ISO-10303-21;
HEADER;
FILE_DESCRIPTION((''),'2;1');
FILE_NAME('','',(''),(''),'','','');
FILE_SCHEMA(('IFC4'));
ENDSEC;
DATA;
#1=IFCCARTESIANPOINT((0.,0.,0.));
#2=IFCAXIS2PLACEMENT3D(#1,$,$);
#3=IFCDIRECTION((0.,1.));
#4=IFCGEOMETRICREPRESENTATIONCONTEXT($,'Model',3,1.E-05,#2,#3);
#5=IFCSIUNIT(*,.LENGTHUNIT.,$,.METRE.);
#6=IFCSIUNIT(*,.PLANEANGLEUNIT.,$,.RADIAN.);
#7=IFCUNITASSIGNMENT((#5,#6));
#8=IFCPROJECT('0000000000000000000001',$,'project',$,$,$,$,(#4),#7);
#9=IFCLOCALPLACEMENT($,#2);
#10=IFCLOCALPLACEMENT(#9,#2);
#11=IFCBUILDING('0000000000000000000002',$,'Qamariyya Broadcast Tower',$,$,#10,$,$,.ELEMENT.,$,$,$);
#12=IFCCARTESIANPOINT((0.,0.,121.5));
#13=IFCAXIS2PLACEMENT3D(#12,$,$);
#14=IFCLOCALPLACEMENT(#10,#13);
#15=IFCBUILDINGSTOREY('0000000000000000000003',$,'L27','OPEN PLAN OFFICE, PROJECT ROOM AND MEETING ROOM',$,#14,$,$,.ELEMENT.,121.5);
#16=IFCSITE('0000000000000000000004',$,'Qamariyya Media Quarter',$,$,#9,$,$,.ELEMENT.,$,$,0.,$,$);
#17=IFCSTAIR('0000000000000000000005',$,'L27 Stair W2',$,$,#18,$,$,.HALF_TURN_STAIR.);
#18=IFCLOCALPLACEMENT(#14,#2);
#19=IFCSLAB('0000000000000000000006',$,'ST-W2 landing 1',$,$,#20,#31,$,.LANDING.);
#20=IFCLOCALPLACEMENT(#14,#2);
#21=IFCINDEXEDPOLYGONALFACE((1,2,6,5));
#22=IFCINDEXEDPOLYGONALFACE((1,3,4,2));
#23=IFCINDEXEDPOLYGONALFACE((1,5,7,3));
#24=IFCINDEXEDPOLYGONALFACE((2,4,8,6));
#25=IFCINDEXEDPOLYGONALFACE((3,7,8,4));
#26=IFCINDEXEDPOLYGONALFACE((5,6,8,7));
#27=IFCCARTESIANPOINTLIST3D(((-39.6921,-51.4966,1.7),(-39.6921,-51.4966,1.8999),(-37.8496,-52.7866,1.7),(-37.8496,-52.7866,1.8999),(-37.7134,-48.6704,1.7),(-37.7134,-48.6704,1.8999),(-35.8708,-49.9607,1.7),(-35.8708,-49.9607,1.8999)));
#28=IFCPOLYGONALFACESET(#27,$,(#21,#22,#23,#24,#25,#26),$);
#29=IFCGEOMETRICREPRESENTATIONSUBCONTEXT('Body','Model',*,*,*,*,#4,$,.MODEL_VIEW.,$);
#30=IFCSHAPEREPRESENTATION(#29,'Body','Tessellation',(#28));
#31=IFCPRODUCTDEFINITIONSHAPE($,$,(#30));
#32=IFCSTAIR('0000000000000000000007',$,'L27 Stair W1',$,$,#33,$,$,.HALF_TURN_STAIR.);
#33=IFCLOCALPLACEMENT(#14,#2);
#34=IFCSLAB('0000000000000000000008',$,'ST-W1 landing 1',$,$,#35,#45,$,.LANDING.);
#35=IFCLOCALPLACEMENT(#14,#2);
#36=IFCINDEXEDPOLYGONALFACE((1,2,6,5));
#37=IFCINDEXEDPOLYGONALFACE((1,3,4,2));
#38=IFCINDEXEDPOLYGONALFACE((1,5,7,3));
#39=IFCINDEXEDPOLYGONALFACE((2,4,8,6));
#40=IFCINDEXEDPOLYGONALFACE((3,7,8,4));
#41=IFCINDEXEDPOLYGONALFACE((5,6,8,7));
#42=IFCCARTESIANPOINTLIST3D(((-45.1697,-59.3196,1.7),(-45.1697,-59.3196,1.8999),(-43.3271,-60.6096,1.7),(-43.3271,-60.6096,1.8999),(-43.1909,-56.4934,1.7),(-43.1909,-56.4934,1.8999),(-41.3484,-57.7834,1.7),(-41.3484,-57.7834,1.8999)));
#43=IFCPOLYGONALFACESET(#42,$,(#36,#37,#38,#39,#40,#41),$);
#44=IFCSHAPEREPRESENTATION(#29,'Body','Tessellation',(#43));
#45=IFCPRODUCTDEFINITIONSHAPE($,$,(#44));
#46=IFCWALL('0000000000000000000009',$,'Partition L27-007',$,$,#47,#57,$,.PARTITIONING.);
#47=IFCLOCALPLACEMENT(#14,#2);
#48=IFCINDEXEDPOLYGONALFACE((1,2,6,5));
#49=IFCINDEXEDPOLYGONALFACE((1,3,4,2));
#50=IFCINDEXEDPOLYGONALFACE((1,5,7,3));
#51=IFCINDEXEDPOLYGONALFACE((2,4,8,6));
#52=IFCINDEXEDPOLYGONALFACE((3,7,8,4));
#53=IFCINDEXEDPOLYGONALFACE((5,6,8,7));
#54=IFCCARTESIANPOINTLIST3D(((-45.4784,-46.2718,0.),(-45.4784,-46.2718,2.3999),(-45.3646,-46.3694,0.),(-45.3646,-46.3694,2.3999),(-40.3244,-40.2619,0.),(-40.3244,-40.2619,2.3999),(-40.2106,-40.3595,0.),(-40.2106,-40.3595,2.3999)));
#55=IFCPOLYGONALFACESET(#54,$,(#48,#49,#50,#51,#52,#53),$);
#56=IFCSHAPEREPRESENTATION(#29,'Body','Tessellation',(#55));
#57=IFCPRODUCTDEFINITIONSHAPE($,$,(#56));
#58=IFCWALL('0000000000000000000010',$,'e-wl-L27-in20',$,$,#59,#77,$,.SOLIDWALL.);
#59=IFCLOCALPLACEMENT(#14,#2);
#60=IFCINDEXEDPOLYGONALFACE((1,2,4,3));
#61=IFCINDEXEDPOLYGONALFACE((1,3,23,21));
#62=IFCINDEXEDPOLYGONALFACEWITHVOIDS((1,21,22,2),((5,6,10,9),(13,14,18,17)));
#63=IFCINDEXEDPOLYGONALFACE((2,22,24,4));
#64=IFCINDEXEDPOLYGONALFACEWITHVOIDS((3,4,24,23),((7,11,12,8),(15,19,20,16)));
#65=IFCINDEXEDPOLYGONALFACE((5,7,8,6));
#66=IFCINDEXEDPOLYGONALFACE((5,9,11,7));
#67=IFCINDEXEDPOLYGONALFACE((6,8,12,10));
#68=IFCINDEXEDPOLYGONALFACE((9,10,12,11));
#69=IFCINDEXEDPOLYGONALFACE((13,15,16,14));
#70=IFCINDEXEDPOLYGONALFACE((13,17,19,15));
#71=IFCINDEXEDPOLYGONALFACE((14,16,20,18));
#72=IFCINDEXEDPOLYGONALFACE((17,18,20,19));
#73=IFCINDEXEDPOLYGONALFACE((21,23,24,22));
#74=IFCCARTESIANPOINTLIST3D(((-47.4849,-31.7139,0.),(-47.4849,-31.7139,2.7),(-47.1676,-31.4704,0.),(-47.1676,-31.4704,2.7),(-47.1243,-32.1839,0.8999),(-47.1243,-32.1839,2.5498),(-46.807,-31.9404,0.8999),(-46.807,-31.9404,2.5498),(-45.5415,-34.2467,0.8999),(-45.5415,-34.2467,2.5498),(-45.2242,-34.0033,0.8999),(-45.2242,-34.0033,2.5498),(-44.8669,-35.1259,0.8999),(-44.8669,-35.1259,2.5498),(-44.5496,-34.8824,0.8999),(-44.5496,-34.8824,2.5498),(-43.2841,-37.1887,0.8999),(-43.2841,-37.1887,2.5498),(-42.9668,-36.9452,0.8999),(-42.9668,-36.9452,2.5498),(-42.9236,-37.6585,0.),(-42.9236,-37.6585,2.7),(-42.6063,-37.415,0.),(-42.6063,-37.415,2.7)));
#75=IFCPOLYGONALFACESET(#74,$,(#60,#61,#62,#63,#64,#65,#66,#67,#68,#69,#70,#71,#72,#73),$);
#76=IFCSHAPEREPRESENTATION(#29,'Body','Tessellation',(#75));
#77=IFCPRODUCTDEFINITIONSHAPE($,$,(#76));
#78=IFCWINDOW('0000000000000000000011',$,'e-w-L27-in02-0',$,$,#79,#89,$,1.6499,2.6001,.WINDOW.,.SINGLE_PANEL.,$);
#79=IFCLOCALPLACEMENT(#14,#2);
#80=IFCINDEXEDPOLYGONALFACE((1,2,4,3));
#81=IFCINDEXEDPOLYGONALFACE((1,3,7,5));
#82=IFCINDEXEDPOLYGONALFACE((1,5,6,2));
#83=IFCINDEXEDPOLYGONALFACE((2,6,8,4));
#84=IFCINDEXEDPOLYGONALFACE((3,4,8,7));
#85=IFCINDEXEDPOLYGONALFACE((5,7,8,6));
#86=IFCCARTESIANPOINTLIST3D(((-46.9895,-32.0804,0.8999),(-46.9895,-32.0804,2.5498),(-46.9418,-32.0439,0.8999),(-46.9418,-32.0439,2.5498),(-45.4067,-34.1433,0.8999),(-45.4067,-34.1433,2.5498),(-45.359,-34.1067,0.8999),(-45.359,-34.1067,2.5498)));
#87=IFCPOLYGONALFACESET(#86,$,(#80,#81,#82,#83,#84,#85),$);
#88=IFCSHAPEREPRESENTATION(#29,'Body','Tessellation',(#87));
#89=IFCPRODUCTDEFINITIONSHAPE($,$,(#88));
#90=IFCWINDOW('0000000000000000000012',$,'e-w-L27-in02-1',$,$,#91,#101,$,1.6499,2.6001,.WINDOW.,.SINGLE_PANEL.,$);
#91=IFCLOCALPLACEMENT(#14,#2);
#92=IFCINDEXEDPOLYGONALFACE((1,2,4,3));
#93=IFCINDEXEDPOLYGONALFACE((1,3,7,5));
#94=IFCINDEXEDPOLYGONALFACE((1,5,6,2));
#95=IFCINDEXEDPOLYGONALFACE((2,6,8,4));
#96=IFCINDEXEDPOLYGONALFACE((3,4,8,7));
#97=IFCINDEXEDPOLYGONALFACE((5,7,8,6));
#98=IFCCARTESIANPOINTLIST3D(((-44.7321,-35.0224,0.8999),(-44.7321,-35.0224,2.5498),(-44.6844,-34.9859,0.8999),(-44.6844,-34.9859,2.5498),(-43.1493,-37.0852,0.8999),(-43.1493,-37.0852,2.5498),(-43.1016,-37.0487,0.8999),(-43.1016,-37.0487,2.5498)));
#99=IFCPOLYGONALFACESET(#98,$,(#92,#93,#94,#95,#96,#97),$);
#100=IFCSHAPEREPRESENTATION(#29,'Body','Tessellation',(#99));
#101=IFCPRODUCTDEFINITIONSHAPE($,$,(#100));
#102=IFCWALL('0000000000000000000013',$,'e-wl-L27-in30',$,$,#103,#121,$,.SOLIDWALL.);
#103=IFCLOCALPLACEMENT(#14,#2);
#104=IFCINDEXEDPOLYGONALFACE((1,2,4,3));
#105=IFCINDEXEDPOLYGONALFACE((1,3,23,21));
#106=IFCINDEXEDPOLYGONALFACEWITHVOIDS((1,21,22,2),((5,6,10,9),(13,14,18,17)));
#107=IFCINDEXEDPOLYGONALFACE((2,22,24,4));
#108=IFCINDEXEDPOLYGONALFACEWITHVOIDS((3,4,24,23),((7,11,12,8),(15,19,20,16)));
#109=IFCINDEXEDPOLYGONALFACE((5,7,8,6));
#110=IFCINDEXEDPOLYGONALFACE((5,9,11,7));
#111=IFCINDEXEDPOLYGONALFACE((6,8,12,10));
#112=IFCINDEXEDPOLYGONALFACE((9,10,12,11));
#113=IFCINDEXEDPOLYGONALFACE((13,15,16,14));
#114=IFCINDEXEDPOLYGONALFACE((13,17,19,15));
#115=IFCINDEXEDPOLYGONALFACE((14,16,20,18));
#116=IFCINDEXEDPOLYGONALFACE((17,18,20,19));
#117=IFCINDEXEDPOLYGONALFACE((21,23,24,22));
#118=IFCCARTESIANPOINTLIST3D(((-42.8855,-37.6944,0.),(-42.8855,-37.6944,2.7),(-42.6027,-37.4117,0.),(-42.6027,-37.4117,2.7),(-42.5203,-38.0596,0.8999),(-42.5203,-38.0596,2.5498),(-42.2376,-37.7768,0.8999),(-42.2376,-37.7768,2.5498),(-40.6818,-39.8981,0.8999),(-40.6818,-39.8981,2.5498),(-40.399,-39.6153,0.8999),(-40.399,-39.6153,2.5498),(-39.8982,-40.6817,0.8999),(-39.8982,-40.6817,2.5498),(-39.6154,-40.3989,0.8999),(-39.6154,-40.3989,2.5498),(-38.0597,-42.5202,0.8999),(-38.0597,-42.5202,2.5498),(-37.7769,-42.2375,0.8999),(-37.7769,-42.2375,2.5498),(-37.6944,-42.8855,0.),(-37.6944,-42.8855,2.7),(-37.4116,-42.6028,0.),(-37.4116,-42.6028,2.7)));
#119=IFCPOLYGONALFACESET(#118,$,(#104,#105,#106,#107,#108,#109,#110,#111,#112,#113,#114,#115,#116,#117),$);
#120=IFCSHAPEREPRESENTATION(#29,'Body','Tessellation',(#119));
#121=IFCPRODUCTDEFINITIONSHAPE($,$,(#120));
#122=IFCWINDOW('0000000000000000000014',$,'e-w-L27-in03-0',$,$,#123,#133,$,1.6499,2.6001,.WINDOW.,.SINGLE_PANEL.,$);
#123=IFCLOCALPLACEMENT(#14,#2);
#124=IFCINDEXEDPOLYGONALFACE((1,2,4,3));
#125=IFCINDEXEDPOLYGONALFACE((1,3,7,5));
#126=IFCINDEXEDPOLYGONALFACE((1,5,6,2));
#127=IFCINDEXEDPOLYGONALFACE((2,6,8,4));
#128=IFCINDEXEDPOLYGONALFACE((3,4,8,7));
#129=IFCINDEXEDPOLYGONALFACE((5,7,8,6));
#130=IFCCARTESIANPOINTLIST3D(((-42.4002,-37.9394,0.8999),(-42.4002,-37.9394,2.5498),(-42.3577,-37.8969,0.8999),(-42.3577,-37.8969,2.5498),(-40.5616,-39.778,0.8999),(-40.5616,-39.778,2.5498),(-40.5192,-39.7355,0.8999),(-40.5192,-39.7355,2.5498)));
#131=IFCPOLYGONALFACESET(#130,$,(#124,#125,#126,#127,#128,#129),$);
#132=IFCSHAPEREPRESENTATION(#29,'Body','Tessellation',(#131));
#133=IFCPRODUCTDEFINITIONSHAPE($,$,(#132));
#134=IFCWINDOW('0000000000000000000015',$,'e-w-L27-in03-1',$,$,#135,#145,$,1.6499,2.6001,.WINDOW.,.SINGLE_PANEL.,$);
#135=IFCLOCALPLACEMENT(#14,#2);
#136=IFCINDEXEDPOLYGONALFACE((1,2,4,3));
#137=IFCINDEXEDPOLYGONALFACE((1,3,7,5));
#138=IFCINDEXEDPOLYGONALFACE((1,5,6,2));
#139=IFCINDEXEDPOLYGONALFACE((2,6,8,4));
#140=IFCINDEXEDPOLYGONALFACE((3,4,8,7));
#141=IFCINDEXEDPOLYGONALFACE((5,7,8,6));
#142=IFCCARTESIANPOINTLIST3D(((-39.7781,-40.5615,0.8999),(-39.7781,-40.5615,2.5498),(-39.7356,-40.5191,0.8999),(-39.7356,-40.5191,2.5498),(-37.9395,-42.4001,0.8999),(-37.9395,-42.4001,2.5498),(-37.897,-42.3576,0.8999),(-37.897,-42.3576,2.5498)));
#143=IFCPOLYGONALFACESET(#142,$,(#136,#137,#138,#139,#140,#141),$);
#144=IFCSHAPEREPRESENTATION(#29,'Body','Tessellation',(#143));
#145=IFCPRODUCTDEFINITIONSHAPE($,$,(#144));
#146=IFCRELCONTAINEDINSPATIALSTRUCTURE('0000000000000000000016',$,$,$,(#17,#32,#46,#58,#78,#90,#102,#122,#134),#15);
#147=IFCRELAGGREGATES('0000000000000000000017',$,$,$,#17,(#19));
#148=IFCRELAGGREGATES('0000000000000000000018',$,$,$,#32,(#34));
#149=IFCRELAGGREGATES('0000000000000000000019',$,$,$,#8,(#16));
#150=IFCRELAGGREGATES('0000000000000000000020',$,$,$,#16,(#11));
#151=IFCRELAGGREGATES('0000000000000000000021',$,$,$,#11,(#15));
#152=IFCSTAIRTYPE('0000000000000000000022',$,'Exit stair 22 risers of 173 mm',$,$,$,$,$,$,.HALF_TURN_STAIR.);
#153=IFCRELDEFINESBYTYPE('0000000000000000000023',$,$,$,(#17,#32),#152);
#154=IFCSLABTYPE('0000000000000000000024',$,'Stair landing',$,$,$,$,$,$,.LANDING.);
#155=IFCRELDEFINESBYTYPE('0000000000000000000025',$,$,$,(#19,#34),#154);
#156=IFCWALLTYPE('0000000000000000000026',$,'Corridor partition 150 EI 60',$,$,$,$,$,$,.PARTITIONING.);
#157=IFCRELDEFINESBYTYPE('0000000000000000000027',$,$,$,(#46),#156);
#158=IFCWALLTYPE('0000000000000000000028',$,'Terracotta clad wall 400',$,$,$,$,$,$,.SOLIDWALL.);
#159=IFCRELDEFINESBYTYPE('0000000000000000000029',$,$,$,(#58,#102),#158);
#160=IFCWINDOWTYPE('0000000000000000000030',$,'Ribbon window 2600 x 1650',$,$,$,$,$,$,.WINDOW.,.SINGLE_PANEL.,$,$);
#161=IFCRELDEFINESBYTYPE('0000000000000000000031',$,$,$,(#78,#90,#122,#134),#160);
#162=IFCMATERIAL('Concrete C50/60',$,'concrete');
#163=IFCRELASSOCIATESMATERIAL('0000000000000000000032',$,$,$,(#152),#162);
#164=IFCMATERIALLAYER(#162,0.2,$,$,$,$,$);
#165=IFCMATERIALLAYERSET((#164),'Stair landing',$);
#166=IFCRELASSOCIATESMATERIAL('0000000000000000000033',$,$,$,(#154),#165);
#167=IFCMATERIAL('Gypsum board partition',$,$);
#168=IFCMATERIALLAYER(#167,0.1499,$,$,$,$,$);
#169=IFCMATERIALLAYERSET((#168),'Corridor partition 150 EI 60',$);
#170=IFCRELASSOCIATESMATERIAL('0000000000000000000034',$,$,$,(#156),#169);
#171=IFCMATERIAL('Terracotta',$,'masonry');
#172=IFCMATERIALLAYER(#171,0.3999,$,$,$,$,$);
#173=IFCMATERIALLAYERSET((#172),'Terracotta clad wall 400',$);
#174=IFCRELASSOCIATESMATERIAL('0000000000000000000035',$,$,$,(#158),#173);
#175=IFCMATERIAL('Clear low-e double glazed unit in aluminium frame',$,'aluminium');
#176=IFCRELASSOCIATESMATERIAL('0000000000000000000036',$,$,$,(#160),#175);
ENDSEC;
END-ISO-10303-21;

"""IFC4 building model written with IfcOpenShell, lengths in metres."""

from ifc_helpers import new_model, si_unit, direction, frame, frame_2d, origin, place, context, subcontext, project, spatial, polyline, rectangle, outline, extrude, material, layer, layer_set, type_object, element, fill, aggregate, save


model = new_model("IFC4")

# Units and contexts
model_context = context("Model", 3, precision=1e-05, world=origin(), true_north=direction((0.0, 1.0)))
body_context = subcontext(model_context, "Body", "Model", "MODEL_VIEW")
ifc_project = project(units=[si_unit("LENGTHUNIT", "METRE"), si_unit("PLANEANGLEUNIT", "RADIAN")], contexts=[model_context])

# Site, building, storey
site_placement = place(None, origin())
site = spatial("IfcSite", under=ifc_project, at=site_placement, Name="Qamariyya Media Quarter", CompositionType="ELEMENT", RefElevation=0.0)
building_placement = place(site_placement, origin())
building = spatial("IfcBuilding", under=site, at=building_placement, Name="Qamariyya Broadcast Tower", CompositionType="ELEMENT")
storey_placement = place(building_placement, frame((0.0, 0.0, 121.5)))
storey = spatial("IfcBuildingStorey", under=building, at=storey_placement, Name="L27", Description="OPEN PLAN OFFICE, PROJECT ROOM AND MEETING ROOM", CompositionType="ELEMENT", Elevation=121.5)

# Shared definitions
ifc_material_1 = material(Name="Concrete C50/60", Category="concrete")

# Stairs, slabs
stair_type = type_object("IfcStairType", Name="Exit stair 22 risers of 173 mm", PredefinedType="HALF_TURN_STAIR", material=ifc_material_1)
stair_1_placement = place(storey_placement, origin())
stair_1 = element("IfcStair", 1, at=stair_1_placement, inside=storey, type_object=stair_type, Name="L27 Stair W2", PredefinedType="HALF_TURN_STAIR")
ifc_layer_1 = layer(ifc_material_1, 0.2)
ifc_layer_set_1 = layer_set([ifc_layer_1], Name="Stair landing")
slab_type_1 = type_object("IfcSlabType", Name="Stair landing", PredefinedType="LANDING", material=ifc_layer_set_1)
slab_1_placement = place(storey_placement, frame((0.0, 0.0, 1.7)))
slab_1 = element("IfcSlab", 2, at=slab_1_placement, type_object=slab_type_1, Name="ST-W2 landing 1", PredefinedType="LANDING", context=body_context, shape_type="SweptSolid", body=[
    extrude(outline(polyline([(-39.6921, -51.4966), (-37.8496, -52.7866), (-35.8708, -49.9607), (-37.7134, -48.6704), (-39.6921, -51.4966)])), origin(), (0.0, 0.0, 1.0), 0.2),
])
aggregate(stair_1, [slab_1])
stair_2_placement = place(storey_placement, origin())
stair_2 = element("IfcStair", 3, at=stair_2_placement, inside=storey, type_object=stair_type, Name="L27 Stair W1", PredefinedType="HALF_TURN_STAIR")
slab_2_placement = place(storey_placement, frame((0.0, 0.0, 1.7)))
slab_2 = element("IfcSlab", 4, at=slab_2_placement, type_object=slab_type_1, Name="ST-W1 landing 1", PredefinedType="LANDING", context=body_context, shape_type="SweptSolid", body=[
    extrude(outline(polyline([(-45.1697, -59.3196), (-43.3271, -60.6096), (-41.3484, -57.7834), (-43.1909, -56.4934), (-45.1697, -59.3196)])), origin(), (0.0, 0.0, 1.0), 0.2),
])
aggregate(stair_2, [slab_2])

# Wall
ifc_material_2 = material(Name="Gypsum board partition")
ifc_layer_2 = layer(ifc_material_2, 0.1499)
ifc_layer_set_2 = layer_set([ifc_layer_2], Name="Corridor partition 150 EI 60")
wall_type_1 = type_object("IfcWallType", Name="Corridor partition 150 EI 60", PredefinedType="PARTITIONING", material=ifc_layer_set_2)
wall_1_placement = place(storey_placement, frame((-40.2676, -40.3108, 0.0), z_axis=(0.0, 0.0, 1.0), x_axis=(-0.650982, -0.759093, 0.0)))
element("IfcWall", 5, at=wall_1_placement, inside=storey, type_object=wall_type_1, Name="Partition L27-007", PredefinedType="PARTITIONING", context=body_context, shape_type="SweptSolid", body=[
    extrude(rectangle(XDim=7.9172, YDim=0.1499, at=frame_2d((3.9585, 0.0))), origin(), (0.0, 0.0, 1.0), 2.3999),
])

# Walls, openings, windows
ifc_material_3 = material(Name="Terracotta", Category="masonry")
ifc_layer_3 = layer(ifc_material_3, 0.3999)
ifc_layer_set_3 = layer_set([ifc_layer_3], Name="Terracotta clad wall 400")
wall_type_2 = type_object("IfcWallType", Name="Terracotta clad wall 400", PredefinedType="SOLIDWALL", material=ifc_layer_set_3)
wall_2_placement = place(storey_placement, frame((-42.7649, -37.5369, 0.0), z_axis=(0.0, 0.0, 1.0), x_axis=(-0.608748, 0.793363, 0.0)))
wall_2 = element("IfcWall", 6, at=wall_2_placement, inside=storey, type_object=wall_type_2, Name="e-wl-L27-in20", PredefinedType="SOLIDWALL", context=body_context, shape_type="SweptSolid", body=[
    extrude(rectangle(XDim=7.4929, YDim=0.3999, at=frame_2d((3.7466, 0.0))), origin(), (0.0, 0.0, 1.0), 2.7),
])
opening_1_placement = place(wall_2_placement, frame((4.3005, 0.0, 0.8999)))
opening_1 = element("IfcOpeningElement", 7, at=opening_1_placement, cuts=wall_2, PredefinedType="OPENING", context=body_context, shape_type="SweptSolid", body=[
    extrude(rectangle(XDim=2.6001, YDim=1.6499, at=frame_2d((1.3, 0.825))), frame((0.0, 0.21, 0.0), z_axis=(0.0, -1.0, 0.0), x_axis=(1.0, 0.0, 0.0)), (0.0, 0.0, 1.0), 0.4199),
])
opening_2_placement = place(wall_2_placement, frame((0.5923, 0.0, 0.8999)))
opening_2 = element("IfcOpeningElement", 8, at=opening_2_placement, cuts=wall_2, PredefinedType="OPENING", context=body_context, shape_type="SweptSolid", body=[
    extrude(rectangle(XDim=2.6001, YDim=1.6499, at=frame_2d((1.3, 0.825))), frame((0.0, 0.21, 0.0), z_axis=(0.0, -1.0, 0.0), x_axis=(1.0, 0.0, 0.0)), (0.0, 0.0, 1.0), 0.4199),
])
ifc_material_4 = material(Name="Clear low-e double glazed unit in aluminium frame", Category="aluminium")
window_type = type_object("IfcWindowType", Name="Ribbon window 2600 x 1650", PartitioningType="SINGLE_PANEL", PredefinedType="WINDOW", material=ifc_material_4)
window_1_placement = place(opening_1_placement, origin())
window_1 = element("IfcWindow", 9, at=window_1_placement, inside=storey, type_object=window_type, Name="e-w-L27-in02-0", OverallHeight=1.6499, OverallWidth=2.6001, PartitioningType="SINGLE_PANEL", PredefinedType="WINDOW", context=body_context, shape_type="SweptSolid", body=[
    extrude(rectangle(XDim=2.6001, YDim=1.6499, at=frame_2d((1.3, 0.825))), frame((0.0, 0.03, 0.0), z_axis=(0.0, -1.0, 0.0), x_axis=(1.0, 0.0, 0.0)), (0.0, 0.0, 1.0), 0.0601),
])
fill(opening_1, window_1)
window_2_placement = place(opening_2_placement, origin())
window_2 = element("IfcWindow", 10, at=window_2_placement, inside=storey, type_object=window_type, Name="e-w-L27-in02-1", OverallHeight=1.6499, OverallWidth=2.6001, PartitioningType="SINGLE_PANEL", PredefinedType="WINDOW", context=body_context, shape_type="SweptSolid", body=[
    extrude(rectangle(XDim=2.6001, YDim=1.6499, at=frame_2d((1.3, 0.825))), frame((0.0, 0.03, 0.0), z_axis=(0.0, -1.0, 0.0), x_axis=(1.0, 0.0, 0.0)), (0.0, 0.0, 1.0), 0.0601),
])
fill(opening_2, window_2)
wall_3_placement = place(storey_placement, frame((-37.553, -42.7441, 0.0), z_axis=(0.0, 0.0, 1.0), x_axis=(-0.707107, 0.707107, 0.0)))
wall_3 = element("IfcWall", 11, at=wall_3_placement, inside=storey, type_object=wall_type_2, Name="e-wl-L27-in30", PredefinedType="SOLIDWALL", context=body_context, shape_type="SweptSolid", body=[
    extrude(rectangle(XDim=7.3413, YDim=0.3999, at=frame_2d((3.6707, 0.0))), origin(), (0.0, 0.0, 1.0), 2.7),
])
opening_3_placement = place(wall_3_placement, frame((4.2249, 0.0, 0.8999)))
opening_3 = element("IfcOpeningElement", 12, at=opening_3_placement, cuts=wall_3, PredefinedType="OPENING", context=body_context, shape_type="SweptSolid", body=[
    extrude(rectangle(XDim=2.6001, YDim=1.6499, at=frame_2d((1.3, 0.825))), frame((0.0, 0.21, 0.0), z_axis=(0.0, -1.0, 0.0), x_axis=(1.0, 0.0, 0.0)), (0.0, 0.0, 1.0), 0.4199),
])
opening_4_placement = place(wall_3_placement, frame((0.5166, 0.0, 0.8999)))
opening_4 = element("IfcOpeningElement", 13, at=opening_4_placement, cuts=wall_3, PredefinedType="OPENING", context=body_context, shape_type="SweptSolid", body=[
    extrude(rectangle(XDim=2.6001, YDim=1.6499, at=frame_2d((1.3, 0.825))), frame((0.0, 0.21, 0.0), z_axis=(0.0, -1.0, 0.0), x_axis=(1.0, 0.0, 0.0)), (0.0, 0.0, 1.0), 0.4199),
])
window_3_placement = place(opening_3_placement, origin())
window_3 = element("IfcWindow", 14, at=window_3_placement, inside=storey, type_object=window_type, Name="e-w-L27-in03-0", OverallHeight=1.6499, OverallWidth=2.6001, PartitioningType="SINGLE_PANEL", PredefinedType="WINDOW", context=body_context, shape_type="SweptSolid", body=[
    extrude(rectangle(XDim=2.6001, YDim=1.6499, at=frame_2d((1.3, 0.825))), frame((0.0, 0.03, 0.0), z_axis=(0.0, -1.0, 0.0), x_axis=(1.0, 0.0, 0.0)), (0.0, 0.0, 1.0), 0.0601),
])
fill(opening_3, window_3)
window_4_placement = place(opening_4_placement, origin())
window_4 = element("IfcWindow", 15, at=window_4_placement, inside=storey, type_object=window_type, Name="e-w-L27-in03-1", OverallHeight=1.6499, OverallWidth=2.6001, PartitioningType="SINGLE_PANEL", PredefinedType="WINDOW", context=body_context, shape_type="SweptSolid", body=[
    extrude(rectangle(XDim=2.6001, YDim=1.6499, at=frame_2d((1.3, 0.825))), frame((0.0, 0.03, 0.0), z_axis=(0.0, -1.0, 0.0), x_axis=(1.0, 0.0, 0.0)), (0.0, 0.0, 1.0), 0.0601),
])
fill(opening_4, window_4)

save(model, "model.ifc")
